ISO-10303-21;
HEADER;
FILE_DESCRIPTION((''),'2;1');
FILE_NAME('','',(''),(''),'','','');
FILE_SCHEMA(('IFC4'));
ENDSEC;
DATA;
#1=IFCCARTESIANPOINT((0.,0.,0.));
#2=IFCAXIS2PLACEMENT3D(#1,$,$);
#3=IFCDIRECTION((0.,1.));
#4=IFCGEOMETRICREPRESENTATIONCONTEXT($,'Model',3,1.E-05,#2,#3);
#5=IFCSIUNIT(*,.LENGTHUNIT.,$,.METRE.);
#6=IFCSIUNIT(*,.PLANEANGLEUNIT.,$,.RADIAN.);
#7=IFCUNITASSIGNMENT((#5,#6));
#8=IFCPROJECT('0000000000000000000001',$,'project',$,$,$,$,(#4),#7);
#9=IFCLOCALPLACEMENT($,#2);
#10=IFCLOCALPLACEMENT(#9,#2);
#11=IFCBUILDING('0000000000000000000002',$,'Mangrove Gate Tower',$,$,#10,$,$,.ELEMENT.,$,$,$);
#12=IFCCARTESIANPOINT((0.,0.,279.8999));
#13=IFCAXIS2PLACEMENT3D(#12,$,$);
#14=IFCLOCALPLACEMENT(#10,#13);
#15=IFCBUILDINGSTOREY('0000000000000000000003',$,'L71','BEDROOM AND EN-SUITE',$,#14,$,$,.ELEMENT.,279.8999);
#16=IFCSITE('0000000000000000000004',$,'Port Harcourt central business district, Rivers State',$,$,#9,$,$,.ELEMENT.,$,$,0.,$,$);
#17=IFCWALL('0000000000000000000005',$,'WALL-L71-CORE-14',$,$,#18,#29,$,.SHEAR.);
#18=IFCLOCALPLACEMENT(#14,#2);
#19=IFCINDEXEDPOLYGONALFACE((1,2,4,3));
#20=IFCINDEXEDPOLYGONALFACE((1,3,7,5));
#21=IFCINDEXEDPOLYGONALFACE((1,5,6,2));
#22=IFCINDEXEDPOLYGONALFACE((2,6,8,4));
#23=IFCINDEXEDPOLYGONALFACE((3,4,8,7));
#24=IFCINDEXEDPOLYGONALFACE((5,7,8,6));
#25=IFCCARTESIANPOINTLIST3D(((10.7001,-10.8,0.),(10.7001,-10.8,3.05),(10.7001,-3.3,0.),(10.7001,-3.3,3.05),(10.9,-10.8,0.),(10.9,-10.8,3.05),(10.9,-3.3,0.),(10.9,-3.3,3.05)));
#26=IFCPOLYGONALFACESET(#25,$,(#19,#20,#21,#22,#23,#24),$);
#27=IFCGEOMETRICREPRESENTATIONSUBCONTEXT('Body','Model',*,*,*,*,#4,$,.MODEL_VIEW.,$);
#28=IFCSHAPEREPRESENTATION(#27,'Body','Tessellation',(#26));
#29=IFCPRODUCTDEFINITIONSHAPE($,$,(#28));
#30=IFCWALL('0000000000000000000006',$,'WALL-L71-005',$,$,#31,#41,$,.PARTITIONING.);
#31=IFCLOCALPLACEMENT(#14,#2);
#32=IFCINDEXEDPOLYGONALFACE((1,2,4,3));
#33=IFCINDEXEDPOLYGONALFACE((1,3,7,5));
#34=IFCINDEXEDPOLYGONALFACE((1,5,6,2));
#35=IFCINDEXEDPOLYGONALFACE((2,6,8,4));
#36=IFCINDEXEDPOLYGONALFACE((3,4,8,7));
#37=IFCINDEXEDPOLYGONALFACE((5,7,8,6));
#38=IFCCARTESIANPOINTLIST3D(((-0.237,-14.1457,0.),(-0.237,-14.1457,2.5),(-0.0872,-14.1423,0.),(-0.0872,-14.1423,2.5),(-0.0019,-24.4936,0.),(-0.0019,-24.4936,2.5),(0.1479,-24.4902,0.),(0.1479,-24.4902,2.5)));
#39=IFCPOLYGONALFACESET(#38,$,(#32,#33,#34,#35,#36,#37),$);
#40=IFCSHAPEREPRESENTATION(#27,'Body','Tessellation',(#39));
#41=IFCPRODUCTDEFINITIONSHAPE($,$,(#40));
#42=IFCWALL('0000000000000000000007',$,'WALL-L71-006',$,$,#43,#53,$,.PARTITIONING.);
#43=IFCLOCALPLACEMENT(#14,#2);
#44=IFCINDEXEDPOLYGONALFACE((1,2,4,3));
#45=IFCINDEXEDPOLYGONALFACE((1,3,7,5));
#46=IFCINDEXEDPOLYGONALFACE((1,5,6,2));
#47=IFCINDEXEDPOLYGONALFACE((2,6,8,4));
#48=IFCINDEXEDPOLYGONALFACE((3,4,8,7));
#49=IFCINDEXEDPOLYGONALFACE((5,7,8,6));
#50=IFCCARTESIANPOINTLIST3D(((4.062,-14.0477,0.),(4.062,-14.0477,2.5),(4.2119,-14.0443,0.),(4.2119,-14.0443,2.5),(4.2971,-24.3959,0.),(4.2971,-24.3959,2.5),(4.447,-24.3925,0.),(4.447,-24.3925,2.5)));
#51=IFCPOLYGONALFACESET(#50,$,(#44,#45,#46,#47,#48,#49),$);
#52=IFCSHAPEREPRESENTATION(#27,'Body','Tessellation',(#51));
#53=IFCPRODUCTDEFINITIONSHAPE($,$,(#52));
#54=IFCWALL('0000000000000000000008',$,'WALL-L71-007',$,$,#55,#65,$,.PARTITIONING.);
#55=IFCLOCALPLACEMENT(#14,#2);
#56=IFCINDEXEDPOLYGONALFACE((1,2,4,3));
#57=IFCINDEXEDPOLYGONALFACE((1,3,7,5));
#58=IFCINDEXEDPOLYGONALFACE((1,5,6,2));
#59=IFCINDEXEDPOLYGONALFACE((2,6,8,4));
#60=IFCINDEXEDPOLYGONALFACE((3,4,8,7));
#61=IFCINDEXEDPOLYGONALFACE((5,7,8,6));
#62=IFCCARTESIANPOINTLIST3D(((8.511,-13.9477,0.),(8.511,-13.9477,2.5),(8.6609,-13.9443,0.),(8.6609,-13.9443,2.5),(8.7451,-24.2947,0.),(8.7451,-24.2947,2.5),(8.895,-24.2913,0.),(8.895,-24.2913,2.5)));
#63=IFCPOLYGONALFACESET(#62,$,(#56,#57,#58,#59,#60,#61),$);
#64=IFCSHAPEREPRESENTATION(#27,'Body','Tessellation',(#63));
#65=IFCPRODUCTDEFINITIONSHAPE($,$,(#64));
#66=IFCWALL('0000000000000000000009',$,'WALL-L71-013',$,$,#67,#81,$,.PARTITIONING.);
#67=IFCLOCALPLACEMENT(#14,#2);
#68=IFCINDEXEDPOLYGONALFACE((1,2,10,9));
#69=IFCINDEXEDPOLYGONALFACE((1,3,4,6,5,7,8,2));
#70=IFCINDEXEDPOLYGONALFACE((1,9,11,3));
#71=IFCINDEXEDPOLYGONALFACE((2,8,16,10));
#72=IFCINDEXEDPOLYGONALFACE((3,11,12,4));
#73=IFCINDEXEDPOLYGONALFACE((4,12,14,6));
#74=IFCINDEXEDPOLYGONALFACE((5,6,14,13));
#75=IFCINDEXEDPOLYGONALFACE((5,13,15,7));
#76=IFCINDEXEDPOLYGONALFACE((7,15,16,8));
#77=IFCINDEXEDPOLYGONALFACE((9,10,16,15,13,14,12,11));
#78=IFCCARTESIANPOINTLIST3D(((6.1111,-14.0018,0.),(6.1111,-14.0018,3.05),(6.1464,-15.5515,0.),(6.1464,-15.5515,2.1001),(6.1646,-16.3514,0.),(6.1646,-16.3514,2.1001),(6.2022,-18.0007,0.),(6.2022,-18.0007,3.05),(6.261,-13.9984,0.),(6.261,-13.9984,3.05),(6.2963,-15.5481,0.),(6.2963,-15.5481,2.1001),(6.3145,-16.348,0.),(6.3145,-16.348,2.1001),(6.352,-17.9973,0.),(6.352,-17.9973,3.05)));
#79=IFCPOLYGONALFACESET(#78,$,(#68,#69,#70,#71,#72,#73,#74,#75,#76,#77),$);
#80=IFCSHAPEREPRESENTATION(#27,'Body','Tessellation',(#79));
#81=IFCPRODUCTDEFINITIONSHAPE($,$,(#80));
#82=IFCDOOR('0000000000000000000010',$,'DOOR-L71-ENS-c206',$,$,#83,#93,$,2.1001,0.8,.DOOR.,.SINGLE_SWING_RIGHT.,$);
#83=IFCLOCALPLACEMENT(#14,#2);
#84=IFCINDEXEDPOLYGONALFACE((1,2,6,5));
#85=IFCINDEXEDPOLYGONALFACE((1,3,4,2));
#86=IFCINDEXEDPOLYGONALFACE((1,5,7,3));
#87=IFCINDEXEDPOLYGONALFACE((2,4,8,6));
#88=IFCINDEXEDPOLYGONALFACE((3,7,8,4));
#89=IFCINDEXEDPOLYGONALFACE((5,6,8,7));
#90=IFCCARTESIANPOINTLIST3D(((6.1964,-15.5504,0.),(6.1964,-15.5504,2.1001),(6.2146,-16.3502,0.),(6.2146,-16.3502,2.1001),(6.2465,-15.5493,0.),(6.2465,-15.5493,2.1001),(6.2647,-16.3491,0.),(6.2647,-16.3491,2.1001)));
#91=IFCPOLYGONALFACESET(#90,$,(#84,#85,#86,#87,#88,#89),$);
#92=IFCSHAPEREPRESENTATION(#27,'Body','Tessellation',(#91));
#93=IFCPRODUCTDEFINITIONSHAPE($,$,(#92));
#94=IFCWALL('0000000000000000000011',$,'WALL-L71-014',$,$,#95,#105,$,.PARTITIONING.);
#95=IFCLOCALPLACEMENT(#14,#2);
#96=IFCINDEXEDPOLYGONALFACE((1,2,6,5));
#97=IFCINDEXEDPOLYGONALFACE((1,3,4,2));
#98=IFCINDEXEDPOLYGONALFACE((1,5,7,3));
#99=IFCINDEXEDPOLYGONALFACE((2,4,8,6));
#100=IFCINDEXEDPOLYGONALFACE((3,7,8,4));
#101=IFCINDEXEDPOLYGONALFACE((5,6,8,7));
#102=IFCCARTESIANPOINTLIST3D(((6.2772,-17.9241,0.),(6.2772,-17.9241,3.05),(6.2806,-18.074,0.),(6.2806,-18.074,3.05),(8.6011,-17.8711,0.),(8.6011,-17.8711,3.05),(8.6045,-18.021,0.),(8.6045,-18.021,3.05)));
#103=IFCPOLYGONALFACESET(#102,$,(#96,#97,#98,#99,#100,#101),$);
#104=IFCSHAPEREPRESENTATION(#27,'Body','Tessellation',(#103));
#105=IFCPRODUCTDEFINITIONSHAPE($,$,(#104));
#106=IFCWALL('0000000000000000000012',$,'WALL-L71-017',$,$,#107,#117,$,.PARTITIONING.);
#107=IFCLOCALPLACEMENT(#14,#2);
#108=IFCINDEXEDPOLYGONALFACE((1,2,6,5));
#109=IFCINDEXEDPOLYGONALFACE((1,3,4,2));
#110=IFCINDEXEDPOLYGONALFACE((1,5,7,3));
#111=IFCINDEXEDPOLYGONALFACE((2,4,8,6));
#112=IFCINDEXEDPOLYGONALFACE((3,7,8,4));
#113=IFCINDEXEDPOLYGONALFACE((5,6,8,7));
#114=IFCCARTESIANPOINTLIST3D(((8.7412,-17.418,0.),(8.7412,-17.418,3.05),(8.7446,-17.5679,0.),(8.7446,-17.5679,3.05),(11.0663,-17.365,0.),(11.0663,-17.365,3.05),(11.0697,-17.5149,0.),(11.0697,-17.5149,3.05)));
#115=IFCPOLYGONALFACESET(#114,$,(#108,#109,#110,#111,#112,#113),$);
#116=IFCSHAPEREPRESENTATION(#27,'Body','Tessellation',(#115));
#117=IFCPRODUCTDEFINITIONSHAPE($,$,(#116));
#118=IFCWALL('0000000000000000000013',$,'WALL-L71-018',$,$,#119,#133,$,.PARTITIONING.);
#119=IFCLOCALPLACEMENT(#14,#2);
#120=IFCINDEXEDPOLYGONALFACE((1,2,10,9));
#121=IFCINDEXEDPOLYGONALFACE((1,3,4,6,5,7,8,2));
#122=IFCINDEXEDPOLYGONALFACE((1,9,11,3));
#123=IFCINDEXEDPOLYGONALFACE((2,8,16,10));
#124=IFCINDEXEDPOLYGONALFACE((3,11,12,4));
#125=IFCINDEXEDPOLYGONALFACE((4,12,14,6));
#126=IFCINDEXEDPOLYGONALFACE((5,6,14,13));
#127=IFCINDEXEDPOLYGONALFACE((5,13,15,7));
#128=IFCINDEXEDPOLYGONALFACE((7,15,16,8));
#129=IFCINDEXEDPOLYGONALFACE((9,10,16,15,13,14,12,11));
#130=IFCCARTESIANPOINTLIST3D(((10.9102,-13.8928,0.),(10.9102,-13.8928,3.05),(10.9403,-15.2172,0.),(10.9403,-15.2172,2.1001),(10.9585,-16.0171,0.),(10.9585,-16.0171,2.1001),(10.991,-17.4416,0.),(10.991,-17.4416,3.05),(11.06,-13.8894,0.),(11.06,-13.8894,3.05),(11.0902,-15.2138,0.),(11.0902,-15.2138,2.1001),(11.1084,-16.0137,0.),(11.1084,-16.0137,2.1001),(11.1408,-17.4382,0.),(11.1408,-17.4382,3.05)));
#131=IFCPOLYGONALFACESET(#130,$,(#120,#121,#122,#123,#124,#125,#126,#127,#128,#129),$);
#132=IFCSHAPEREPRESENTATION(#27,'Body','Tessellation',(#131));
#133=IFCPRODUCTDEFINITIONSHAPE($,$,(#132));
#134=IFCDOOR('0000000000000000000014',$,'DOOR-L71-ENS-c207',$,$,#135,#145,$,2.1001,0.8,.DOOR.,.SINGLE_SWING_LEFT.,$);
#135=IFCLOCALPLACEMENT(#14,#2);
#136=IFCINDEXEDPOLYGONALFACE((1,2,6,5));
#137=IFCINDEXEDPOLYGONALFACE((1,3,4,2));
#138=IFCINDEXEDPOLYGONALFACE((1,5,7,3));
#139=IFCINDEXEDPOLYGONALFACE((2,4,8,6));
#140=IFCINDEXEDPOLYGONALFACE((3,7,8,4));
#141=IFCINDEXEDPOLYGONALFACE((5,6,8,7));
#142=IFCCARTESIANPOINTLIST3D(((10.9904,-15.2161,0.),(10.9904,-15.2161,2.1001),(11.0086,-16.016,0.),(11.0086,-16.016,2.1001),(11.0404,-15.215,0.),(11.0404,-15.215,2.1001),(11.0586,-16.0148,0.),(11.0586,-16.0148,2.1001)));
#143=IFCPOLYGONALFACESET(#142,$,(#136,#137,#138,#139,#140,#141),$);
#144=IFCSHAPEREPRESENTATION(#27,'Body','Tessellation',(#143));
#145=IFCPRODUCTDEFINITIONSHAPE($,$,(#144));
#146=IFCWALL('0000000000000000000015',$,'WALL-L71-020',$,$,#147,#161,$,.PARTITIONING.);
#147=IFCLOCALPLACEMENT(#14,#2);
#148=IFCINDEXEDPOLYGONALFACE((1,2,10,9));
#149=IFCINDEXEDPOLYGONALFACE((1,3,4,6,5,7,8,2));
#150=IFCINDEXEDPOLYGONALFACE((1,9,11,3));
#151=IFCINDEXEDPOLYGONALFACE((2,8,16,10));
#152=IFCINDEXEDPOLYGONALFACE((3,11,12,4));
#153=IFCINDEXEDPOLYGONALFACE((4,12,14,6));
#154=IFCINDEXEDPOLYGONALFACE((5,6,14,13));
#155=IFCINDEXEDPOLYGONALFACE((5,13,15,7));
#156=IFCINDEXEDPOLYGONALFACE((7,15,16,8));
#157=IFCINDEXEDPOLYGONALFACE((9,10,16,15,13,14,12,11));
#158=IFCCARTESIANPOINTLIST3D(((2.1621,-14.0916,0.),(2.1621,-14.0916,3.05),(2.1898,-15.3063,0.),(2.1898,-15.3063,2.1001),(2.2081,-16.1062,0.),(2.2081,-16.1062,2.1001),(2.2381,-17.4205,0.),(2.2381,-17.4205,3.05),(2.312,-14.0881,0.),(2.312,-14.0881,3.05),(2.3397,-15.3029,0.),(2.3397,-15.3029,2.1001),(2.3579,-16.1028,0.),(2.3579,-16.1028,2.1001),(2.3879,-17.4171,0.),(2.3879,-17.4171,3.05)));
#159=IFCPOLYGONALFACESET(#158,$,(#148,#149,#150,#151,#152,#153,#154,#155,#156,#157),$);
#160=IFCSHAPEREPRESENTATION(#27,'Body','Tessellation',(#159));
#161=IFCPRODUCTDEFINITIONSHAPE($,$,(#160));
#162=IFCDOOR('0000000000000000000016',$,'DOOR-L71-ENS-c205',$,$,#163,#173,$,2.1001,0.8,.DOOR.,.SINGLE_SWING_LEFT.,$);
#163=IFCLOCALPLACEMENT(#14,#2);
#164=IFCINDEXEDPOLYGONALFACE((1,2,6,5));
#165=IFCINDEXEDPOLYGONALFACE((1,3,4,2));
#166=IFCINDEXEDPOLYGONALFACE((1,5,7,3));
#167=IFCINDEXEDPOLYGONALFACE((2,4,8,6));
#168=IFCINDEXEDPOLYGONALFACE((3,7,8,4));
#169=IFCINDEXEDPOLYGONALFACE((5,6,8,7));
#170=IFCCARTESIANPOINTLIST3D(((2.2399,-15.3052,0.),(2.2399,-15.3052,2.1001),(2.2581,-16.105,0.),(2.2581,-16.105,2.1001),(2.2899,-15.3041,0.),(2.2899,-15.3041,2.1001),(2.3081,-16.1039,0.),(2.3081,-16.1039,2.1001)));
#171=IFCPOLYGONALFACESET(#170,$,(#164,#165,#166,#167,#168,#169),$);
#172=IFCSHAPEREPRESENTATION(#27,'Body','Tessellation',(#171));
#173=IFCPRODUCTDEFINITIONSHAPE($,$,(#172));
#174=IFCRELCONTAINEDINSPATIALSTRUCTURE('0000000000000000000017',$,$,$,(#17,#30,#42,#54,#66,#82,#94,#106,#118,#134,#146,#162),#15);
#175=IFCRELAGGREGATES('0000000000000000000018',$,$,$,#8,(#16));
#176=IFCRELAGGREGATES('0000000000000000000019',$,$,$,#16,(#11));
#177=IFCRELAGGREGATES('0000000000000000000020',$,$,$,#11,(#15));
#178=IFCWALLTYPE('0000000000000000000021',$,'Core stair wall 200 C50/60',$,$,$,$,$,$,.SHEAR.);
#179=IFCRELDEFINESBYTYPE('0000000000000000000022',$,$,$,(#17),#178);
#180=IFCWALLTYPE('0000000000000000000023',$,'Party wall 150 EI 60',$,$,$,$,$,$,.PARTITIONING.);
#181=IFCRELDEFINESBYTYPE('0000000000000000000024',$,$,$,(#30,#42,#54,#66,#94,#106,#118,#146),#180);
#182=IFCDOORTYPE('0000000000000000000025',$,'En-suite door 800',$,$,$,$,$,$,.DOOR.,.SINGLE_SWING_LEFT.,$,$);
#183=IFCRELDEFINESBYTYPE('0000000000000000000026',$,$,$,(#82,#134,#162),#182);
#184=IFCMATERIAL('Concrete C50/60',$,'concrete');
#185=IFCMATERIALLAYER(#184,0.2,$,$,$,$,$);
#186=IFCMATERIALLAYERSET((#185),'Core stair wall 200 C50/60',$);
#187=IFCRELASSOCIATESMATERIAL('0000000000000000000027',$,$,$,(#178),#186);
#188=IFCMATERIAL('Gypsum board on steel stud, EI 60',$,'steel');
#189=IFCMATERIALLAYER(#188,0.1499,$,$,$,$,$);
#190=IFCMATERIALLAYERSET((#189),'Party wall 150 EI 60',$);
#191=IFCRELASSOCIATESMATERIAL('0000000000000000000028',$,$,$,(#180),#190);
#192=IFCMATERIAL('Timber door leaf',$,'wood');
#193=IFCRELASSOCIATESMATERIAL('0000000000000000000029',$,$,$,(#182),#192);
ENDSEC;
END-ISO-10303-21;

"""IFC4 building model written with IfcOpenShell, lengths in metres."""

from ifc_helpers import new_model, si_unit, direction, frame, frame_2d, origin, place, context, subcontext, project, spatial, rectangle, extrude, material, layer, layer_set, type_object, element, fill, save


model = new_model("IFC4")

# Units and contexts
model_context = context("Model", 3, precision=1e-05, world=origin(), true_north=direction((0.0, 1.0)))
body_context = subcontext(model_context, "Body", "Model", "MODEL_VIEW")
ifc_project = project(units=[si_unit("LENGTHUNIT", "METRE"), si_unit("PLANEANGLEUNIT", "RADIAN")], contexts=[model_context])

# Site, building, storey
site_placement = place(None, origin())
site = spatial("IfcSite", under=ifc_project, at=site_placement, Name="Port Harcourt central business district, Rivers State", CompositionType="ELEMENT", RefElevation=0.0)
building_placement = place(site_placement, origin())
building = spatial("IfcBuilding", under=site, at=building_placement, Name="Mangrove Gate Tower", CompositionType="ELEMENT")
storey_placement = place(building_placement, frame((0.0, 0.0, 279.8999)))
storey = spatial("IfcBuildingStorey", under=building, at=storey_placement, Name="L71", Description="BEDROOM AND EN-SUITE", CompositionType="ELEMENT", Elevation=279.8999)

# Shared definitions
ifc_material_1 = material(Name="Concrete C50/60", Category="concrete")
ifc_layer_1 = layer(ifc_material_1, 0.2)
ifc_layer_set_1 = layer_set([ifc_layer_1], Name="Core stair wall 200 C50/60")
wall_type_1 = type_object("IfcWallType", Name="Core stair wall 200 C50/60", PredefinedType="SHEAR", material=ifc_layer_set_1)

# Walls
wall_1_placement = place(storey_placement, frame((10.8, -10.8, 0.0), z_axis=(0.0, 0.0, 1.0), x_axis=(0.0, 1.0, 0.0)))
element("IfcWall", 1, at=wall_1_placement, inside=storey, type_object=wall_type_1, Name="WALL-L71-CORE-14", PredefinedType="SHEAR", context=body_context, shape_type="SweptSolid", body=[
    extrude(rectangle(XDim=7.5, YDim=0.2, at=frame_2d((3.75, 0.0))), origin(), (0.0, 0.0, 1.0), 3.05),
])
ifc_material_2 = material(Name="Gypsum board on steel stud, EI 60", Category="steel")
ifc_layer_2 = layer(ifc_material_2, 0.1499)
ifc_layer_set_2 = layer_set([ifc_layer_2], Name="Party wall 150 EI 60")
wall_type_2 = type_object("IfcWallType", Name="Party wall 150 EI 60", PredefinedType="PARTITIONING", material=ifc_layer_set_2)
wall_2_placement = place(storey_placement, frame((0.073, -24.4919, 0.0), z_axis=(0.0, 0.0, 1.0), x_axis=(-0.022714, 0.999742, 0.0)))
element("IfcWall", 2, at=wall_2_placement, inside=storey, type_object=wall_type_2, Name="WALL-L71-005", PredefinedType="PARTITIONING", context=body_context, shape_type="SweptSolid", body=[
    extrude(rectangle(XDim=10.3506, YDim=0.1499, at=frame_2d((5.1753, 0.0))), origin(), (0.0, 0.0, 1.0), 2.5),
])
wall_3_placement = place(storey_placement, frame((4.3721, -24.394, 0.0), z_axis=(0.0, 0.0, 1.0), x_axis=(-0.022714, 0.999742, 0.0)))
element("IfcWall", 3, at=wall_3_placement, inside=storey, type_object=wall_type_2, Name="WALL-L71-006", PredefinedType="PARTITIONING", context=body_context, shape_type="SweptSolid", body=[
    extrude(rectangle(XDim=10.3508, YDim=0.1499, at=frame_2d((5.1753, 0.0))), origin(), (0.0, 0.0, 1.0), 2.5),
])
wall_4_placement = place(storey_placement, frame((8.8201, -24.293, 0.0), z_axis=(0.0, 0.0, 1.0), x_axis=(-0.022622, 0.999744, 0.0)))
element("IfcWall", 4, at=wall_4_placement, inside=storey, type_object=wall_type_2, Name="WALL-L71-007", PredefinedType="PARTITIONING", context=body_context, shape_type="SweptSolid", body=[
    extrude(rectangle(XDim=10.3496, YDim=0.1499, at=frame_2d((5.1748, 0.0))), origin(), (0.0, 0.0, 1.0), 2.5),
])

# Wall, opening, door
wall_5_placement = place(storey_placement, frame((6.2771, -17.999, 0.0), z_axis=(0.0, 0.0, 1.0), x_axis=(-0.022766, 0.999741, 0.0)))
wall_5 = element("IfcWall", 5, at=wall_5_placement, inside=storey, type_object=wall_type_2, Name="WALL-L71-013", PredefinedType="PARTITIONING", context=body_context, shape_type="SweptSolid", body=[
    extrude(rectangle(XDim=4.0, YDim=0.1499, at=frame_2d((2.0, 0.0))), origin(), (0.0, 0.0, 1.0), 3.05),
])
opening_1_placement = place(wall_5_placement, frame((1.6499, 0.0, 0.0)))
opening_1 = element("IfcOpeningElement", 6, at=opening_1_placement, cuts=wall_5, PredefinedType="OPENING", context=body_context, shape_type="SweptSolid", body=[
    extrude(rectangle(XDim=0.8, YDim=2.1001, at=frame_2d((0.3999, 1.05))), frame((0.0, 0.085, 0.0), z_axis=(0.0, -1.0, 0.0), x_axis=(1.0, 0.0, 0.0)), (0.0, 0.0, 1.0), 0.1699),
])
ifc_material_3 = material(Name="Timber door leaf", Category="wood")
door_type_1 = type_object("IfcDoorType", Name="En-suite door 800", OperationType="SINGLE_SWING_LEFT", PredefinedType="DOOR", material=ifc_material_3)
door_1_placement = place(opening_1_placement, origin())
door_1 = element("IfcDoor", 7, at=door_1_placement, inside=storey, type_object=door_type_1, Name="DOOR-L71-ENS-c206", OperationType="SINGLE_SWING_RIGHT", OverallHeight=2.1001, OverallWidth=0.8, PredefinedType="DOOR", context=body_context, shape_type="SweptSolid", body=[
    extrude(rectangle(XDim=0.8, YDim=2.1001, at=frame_2d((0.3999, 1.05))), frame((0.0, 0.0249, 0.0), z_axis=(0.0, -1.0, 0.0), x_axis=(1.0, 0.0, 0.0)), (0.0, 0.0, 1.0), 0.05),
])
fill(opening_1, door_1)

# Walls
wall_6_placement = place(storey_placement, frame((6.2791, -17.999, 0.0), z_axis=(0.0, 0.0, 1.0), x_axis=(0.99974, 0.022791, 0.0)))
element("IfcWall", 8, at=wall_6_placement, inside=storey, type_object=wall_type_2, Name="WALL-L71-014", PredefinedType="PARTITIONING", context=body_context, shape_type="SweptSolid", body=[
    extrude(rectangle(XDim=2.3245, YDim=0.1499, at=frame_2d((1.1621, 0.0))), origin(), (0.0, 0.0, 1.0), 3.05),
])
wall_7_placement = place(storey_placement, frame((8.7429, -17.4929, 0.0), z_axis=(0.0, 0.0, 1.0), x_axis=(0.999741, 0.022779, 0.0)))
element("IfcWall", 9, at=wall_7_placement, inside=storey, type_object=wall_type_2, Name="WALL-L71-017", PredefinedType="PARTITIONING", context=body_context, shape_type="SweptSolid", body=[
    extrude(rectangle(XDim=2.3257, YDim=0.1499, at=frame_2d((1.1628, 0.0))), origin(), (0.0, 0.0, 1.0), 3.05),
])

# Walls, openings, doors
wall_8_placement = place(storey_placement, frame((11.0659, -17.4399, 0.0), z_axis=(0.0, 0.0, 1.0), x_axis=(-0.022765, 0.999741, 0.0)))
wall_8 = element("IfcWall", 10, at=wall_8_placement, inside=storey, type_object=wall_type_2, Name="WALL-L71-018", PredefinedType="PARTITIONING", context=body_context, shape_type="SweptSolid", body=[
    extrude(rectangle(XDim=3.5498, YDim=0.1499, at=frame_2d((1.7749, 0.0))), origin(), (0.0, 0.0, 1.0), 3.05),
])
opening_2_placement = place(wall_8_placement, frame((1.425, 0.0, 0.0)))
opening_2 = element("IfcOpeningElement", 11, at=opening_2_placement, cuts=wall_8, PredefinedType="OPENING", context=body_context, shape_type="SweptSolid", body=[
    extrude(rectangle(XDim=0.8, YDim=2.1001, at=frame_2d((0.3999, 1.05))), frame((0.0, 0.085, 0.0), z_axis=(0.0, -1.0, 0.0), x_axis=(1.0, 0.0, 0.0)), (0.0, 0.0, 1.0), 0.1699),
])
door_2_placement = place(opening_2_placement, origin())
door_2 = element("IfcDoor", 12, at=door_2_placement, inside=storey, type_object=door_type_1, Name="DOOR-L71-ENS-c207", OperationType="SINGLE_SWING_LEFT", OverallHeight=2.1001, OverallWidth=0.8, PredefinedType="DOOR", context=body_context, shape_type="SweptSolid", body=[
    extrude(rectangle(XDim=0.8, YDim=2.1001, at=frame_2d((0.3999, 1.05))), frame((0.0, 0.0249, 0.0), z_axis=(0.0, -1.0, 0.0), x_axis=(1.0, 0.0, 0.0)), (0.0, 0.0, 1.0), 0.05),
])
fill(opening_2, door_2)
wall_9_placement = place(storey_placement, frame((2.313, -17.4189, 0.0), z_axis=(0.0, 0.0, 1.0), x_axis=(-0.022803, 0.99974, 0.0)))
wall_9 = element("IfcWall", 13, at=wall_9_placement, inside=storey, type_object=wall_type_2, Name="WALL-L71-020", PredefinedType="PARTITIONING", context=body_context, shape_type="SweptSolid", body=[
    extrude(rectangle(XDim=3.3298, YDim=0.1499, at=frame_2d((1.665, 0.0))), origin(), (0.0, 0.0, 1.0), 3.05),
])
opening_3_placement = place(wall_9_placement, frame((1.3149, 0.0, 0.0)))
opening_3 = element("IfcOpeningElement", 14, at=opening_3_placement, cuts=wall_9, PredefinedType="OPENING", context=body_context, shape_type="SweptSolid", body=[
    extrude(rectangle(XDim=0.8, YDim=2.1001, at=frame_2d((0.3999, 1.05))), frame((0.0, 0.085, 0.0), z_axis=(0.0, -1.0, 0.0), x_axis=(1.0, 0.0, 0.0)), (0.0, 0.0, 1.0), 0.1699),
])
door_3_placement = place(opening_3_placement, origin())
door_3 = element("IfcDoor", 15, at=door_3_placement, inside=storey, type_object=door_type_1, Name="DOOR-L71-ENS-c205", OperationType="SINGLE_SWING_LEFT", OverallHeight=2.1001, OverallWidth=0.8, PredefinedType="DOOR", context=body_context, shape_type="SweptSolid", body=[
    extrude(rectangle(XDim=0.8, YDim=2.1001, at=frame_2d((0.3999, 1.05))), frame((0.0, 0.0249, 0.0), z_axis=(0.0, -1.0, 0.0), x_axis=(1.0, 0.0, 0.0)), (0.0, 0.0, 1.0), 0.05),
])
fill(opening_3, door_3)

save(model, "model.ifc")
